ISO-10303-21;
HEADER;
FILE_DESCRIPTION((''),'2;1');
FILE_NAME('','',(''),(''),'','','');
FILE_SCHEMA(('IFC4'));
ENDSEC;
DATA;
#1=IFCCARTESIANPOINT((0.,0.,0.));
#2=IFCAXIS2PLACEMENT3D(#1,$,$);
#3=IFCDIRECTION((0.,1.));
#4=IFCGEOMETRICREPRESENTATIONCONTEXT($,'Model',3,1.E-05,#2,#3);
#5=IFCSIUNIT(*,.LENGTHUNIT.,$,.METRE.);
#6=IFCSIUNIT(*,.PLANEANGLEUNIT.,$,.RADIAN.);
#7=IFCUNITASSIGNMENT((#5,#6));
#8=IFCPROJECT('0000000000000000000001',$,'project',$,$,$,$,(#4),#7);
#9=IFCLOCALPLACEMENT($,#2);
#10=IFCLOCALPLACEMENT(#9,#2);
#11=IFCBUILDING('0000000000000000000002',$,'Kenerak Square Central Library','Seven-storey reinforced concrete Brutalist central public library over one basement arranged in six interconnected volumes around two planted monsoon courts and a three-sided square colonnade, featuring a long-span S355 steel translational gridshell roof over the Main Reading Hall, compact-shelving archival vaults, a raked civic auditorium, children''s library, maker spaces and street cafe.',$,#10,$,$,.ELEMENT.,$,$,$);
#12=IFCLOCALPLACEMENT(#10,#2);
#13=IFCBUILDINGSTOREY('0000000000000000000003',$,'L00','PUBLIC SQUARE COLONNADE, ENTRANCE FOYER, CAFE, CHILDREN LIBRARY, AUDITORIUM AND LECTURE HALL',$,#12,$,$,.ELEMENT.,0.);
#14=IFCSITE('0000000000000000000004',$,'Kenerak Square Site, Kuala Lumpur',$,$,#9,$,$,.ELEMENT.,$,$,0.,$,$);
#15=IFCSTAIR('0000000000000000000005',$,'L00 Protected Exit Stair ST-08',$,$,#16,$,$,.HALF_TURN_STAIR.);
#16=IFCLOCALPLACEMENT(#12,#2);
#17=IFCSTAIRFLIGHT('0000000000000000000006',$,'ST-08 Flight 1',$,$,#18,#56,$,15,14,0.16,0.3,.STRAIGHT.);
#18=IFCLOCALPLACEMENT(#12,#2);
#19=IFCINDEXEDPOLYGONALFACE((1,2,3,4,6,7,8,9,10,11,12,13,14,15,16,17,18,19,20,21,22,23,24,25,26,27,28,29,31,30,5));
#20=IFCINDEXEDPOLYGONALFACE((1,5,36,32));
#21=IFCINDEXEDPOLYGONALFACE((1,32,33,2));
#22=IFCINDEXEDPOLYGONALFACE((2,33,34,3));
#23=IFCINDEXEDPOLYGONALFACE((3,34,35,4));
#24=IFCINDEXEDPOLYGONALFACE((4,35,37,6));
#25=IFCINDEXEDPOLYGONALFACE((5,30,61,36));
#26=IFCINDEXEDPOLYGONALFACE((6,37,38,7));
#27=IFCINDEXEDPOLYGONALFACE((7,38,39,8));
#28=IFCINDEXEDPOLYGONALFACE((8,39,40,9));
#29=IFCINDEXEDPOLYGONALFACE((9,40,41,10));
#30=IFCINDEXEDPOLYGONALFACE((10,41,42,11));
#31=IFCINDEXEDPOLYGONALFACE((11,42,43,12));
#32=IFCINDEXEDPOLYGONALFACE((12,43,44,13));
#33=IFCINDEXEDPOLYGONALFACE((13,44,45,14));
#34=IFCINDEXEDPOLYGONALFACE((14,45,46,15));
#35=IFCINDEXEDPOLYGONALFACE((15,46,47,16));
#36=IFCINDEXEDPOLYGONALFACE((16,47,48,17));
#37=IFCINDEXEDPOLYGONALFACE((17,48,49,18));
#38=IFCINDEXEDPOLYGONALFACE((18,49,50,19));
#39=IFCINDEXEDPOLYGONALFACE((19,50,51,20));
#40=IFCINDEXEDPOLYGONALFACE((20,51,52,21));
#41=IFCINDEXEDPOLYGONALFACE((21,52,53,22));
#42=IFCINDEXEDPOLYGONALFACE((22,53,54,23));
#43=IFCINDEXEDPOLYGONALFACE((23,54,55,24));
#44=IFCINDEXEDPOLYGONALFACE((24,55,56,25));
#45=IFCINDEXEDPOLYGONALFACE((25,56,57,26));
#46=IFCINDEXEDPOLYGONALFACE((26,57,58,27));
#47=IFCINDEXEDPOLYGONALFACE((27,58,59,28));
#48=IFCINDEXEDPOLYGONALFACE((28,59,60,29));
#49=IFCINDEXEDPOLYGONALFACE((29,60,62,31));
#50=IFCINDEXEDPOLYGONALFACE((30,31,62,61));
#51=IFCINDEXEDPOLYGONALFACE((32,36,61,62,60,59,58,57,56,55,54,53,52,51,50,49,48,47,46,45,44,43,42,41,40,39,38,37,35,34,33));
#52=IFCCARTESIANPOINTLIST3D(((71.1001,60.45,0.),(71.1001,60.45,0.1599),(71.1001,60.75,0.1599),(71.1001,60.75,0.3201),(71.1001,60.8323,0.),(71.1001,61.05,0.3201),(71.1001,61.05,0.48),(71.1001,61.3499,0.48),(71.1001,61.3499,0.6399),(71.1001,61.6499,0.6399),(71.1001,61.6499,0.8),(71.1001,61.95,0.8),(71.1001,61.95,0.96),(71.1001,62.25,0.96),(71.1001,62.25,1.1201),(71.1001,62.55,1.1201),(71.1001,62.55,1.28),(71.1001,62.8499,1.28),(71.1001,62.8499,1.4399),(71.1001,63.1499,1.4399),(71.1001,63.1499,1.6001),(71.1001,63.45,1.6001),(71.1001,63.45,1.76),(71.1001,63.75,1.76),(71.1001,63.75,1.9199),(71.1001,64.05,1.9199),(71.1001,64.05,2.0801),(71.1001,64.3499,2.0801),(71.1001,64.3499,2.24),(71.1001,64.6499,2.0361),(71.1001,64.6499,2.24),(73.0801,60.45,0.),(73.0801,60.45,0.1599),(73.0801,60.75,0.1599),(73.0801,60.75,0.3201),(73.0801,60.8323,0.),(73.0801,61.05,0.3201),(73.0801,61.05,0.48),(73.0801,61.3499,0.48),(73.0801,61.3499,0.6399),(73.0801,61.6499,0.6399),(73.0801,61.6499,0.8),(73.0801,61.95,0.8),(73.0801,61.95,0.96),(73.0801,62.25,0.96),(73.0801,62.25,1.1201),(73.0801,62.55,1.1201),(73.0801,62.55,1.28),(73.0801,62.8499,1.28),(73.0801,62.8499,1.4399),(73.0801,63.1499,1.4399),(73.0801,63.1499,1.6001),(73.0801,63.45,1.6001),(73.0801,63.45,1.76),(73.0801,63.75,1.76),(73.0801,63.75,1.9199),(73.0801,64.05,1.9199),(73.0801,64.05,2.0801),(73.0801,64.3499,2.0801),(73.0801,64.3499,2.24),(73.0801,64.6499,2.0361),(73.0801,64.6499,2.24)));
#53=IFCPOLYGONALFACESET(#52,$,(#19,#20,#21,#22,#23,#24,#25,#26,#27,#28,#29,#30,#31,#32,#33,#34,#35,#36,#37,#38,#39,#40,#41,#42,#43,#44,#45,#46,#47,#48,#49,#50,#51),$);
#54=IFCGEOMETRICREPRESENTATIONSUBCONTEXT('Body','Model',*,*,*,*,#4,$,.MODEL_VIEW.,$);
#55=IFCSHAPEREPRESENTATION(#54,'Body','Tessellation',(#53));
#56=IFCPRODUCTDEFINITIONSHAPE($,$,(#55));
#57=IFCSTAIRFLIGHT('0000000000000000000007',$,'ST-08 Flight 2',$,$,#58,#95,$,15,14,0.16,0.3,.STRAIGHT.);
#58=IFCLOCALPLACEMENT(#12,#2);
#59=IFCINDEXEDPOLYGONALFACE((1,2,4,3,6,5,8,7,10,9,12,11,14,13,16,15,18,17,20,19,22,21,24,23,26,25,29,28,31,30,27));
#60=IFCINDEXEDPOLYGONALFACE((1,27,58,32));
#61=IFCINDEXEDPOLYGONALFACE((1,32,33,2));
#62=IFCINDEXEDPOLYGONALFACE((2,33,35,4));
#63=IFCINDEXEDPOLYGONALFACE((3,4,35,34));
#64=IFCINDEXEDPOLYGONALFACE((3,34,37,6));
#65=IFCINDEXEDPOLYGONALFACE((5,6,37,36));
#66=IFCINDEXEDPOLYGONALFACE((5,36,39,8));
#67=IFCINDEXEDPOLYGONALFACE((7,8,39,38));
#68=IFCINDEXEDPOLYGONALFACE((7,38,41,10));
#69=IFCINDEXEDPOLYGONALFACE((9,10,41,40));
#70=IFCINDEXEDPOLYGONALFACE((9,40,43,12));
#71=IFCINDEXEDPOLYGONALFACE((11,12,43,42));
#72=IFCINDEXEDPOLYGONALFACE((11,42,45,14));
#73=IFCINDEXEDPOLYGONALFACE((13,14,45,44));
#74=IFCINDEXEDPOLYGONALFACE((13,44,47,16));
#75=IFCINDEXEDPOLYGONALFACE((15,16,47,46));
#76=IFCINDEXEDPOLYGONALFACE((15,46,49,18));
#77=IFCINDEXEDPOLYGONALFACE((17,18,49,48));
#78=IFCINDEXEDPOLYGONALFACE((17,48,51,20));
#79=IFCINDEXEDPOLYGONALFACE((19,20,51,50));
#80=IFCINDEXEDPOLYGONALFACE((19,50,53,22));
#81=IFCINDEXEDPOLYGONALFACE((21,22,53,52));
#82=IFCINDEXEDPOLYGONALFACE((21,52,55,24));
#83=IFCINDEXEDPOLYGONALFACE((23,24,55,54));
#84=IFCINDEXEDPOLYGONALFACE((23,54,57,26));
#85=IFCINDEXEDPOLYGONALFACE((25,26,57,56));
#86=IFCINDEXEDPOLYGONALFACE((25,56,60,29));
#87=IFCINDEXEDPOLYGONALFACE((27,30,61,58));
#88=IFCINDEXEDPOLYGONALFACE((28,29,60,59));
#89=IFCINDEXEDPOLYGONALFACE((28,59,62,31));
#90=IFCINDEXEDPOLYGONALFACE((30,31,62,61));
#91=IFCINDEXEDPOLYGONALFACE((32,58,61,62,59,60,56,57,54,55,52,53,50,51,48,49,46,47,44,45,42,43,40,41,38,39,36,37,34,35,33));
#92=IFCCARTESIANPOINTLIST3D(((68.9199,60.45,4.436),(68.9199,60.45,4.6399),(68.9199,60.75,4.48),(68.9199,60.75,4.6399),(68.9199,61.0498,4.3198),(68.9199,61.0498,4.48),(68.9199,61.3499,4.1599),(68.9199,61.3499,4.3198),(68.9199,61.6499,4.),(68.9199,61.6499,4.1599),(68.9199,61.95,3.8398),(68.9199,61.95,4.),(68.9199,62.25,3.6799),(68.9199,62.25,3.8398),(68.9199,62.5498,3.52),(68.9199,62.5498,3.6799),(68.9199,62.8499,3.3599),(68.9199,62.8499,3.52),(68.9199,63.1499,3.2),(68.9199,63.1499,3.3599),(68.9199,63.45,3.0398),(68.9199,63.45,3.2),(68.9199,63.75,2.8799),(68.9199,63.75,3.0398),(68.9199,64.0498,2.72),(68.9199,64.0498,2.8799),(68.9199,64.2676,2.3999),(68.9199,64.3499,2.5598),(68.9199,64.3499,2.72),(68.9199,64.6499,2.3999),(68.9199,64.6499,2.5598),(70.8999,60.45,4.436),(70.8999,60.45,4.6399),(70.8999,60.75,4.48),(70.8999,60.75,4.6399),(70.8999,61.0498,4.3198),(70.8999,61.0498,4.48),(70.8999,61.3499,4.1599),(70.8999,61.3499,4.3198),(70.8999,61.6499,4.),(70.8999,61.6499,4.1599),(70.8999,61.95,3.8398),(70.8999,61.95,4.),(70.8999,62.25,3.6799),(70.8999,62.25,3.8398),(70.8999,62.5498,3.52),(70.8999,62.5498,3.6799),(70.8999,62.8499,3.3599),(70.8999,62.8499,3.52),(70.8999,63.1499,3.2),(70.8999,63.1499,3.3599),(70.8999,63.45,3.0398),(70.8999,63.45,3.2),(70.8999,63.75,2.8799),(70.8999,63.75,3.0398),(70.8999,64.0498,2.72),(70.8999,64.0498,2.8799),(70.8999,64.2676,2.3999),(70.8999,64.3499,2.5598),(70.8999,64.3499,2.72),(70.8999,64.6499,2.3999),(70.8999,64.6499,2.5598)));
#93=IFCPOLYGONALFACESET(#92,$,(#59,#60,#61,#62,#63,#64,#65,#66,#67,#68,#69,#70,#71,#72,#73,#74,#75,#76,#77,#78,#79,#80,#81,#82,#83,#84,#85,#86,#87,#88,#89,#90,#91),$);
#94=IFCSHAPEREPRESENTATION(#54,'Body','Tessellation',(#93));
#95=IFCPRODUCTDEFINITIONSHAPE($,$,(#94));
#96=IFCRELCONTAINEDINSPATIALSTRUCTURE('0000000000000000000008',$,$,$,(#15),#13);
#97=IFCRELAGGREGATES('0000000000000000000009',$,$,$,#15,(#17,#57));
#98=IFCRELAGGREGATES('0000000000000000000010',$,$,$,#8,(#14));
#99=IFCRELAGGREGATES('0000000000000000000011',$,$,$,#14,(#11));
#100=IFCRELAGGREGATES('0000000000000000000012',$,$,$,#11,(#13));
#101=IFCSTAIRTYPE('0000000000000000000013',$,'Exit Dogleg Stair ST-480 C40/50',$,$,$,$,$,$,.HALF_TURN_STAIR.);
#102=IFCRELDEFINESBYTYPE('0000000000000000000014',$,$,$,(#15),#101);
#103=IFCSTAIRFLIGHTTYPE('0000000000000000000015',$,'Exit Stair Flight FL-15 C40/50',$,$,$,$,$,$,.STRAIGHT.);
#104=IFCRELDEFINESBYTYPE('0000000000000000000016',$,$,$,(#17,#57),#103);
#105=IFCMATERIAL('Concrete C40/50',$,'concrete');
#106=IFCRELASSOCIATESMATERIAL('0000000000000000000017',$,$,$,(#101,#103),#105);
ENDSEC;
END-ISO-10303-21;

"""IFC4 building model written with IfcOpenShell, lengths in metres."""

from ifc_helpers import new_model, si_unit, direction, frame, origin, place, context, subcontext, project, spatial, polyline, outline, extrude, material, type_object, element, aggregate, save


model = new_model("IFC4")

# Units and contexts
model_context = context("Model", 3, precision=1e-05, world=origin(), true_north=direction((0.0, 1.0)))
body_context = subcontext(model_context, "Body", "Model", "MODEL_VIEW")
ifc_project = project(units=[si_unit("LENGTHUNIT", "METRE"), si_unit("PLANEANGLEUNIT", "RADIAN")], contexts=[model_context])

# Site, building, storey
site_placement = place(None, origin())
site = spatial("IfcSite", under=ifc_project, at=site_placement, Name="Kenerak Square Site, Kuala Lumpur", CompositionType="ELEMENT", RefElevation=0.0)
building_placement = place(site_placement, origin())
building = spatial("IfcBuilding", under=site, at=building_placement, Name="Kenerak Square Central Library", Description="Seven-storey reinforced concrete Brutalist central public library over one basement arranged in six interconnected volumes around two planted monsoon courts and a three-sided square colonnade, featuring a long-span S355 steel translational gridshell roof over the Main Reading Hall, compact-shelving archival vaults, a raked civic auditorium, children's library, maker spaces and street cafe.", CompositionType="ELEMENT")
storey_placement = place(building_placement, origin())
storey = spatial("IfcBuildingStorey", under=building, at=storey_placement, Name="L00", Description="PUBLIC SQUARE COLONNADE, ENTRANCE FOYER, CAFE, CHILDREN LIBRARY, AUDITORIUM AND LECTURE HALL", CompositionType="ELEMENT", Elevation=0.0)

# Shared definitions
ifc_material_1 = material(Name="Concrete C40/50", Category="concrete")

# Stair, stair flights
stair_type = type_object("IfcStairType", Name="Exit Dogleg Stair ST-480 C40/50", PredefinedType="HALF_TURN_STAIR", material=ifc_material_1)
stair_placement = place(storey_placement, origin())
stair = element("IfcStair", 1, at=stair_placement, inside=storey, type_object=stair_type, Name="L00 Protected Exit Stair ST-08", PredefinedType="HALF_TURN_STAIR")
stair_flight_type = type_object("IfcStairFlightType", Name="Exit Stair Flight FL-15 C40/50", PredefinedType="STRAIGHT", material=ifc_material_1)
stair_flight_1_placement = place(storey_placement, frame((72.0901, 60.45, 0.0), z_axis=(0.0, 0.0, 1.0), x_axis=(0.0, 1.0, 0.0)))
stair_flight_1 = element("IfcStairFlight", 2, at=stair_flight_1_placement, type_object=stair_flight_type, Name="ST-08 Flight 1", NumberOfRisers=15, NumberOfTreads=14, PredefinedType="STRAIGHT", RiserHeight=0.16, TreadLength=0.3, context=body_context, shape_type="SweptSolid", body=[
    extrude(outline(polyline([(0.0, 0.0), (0.0, 0.1599), (0.3, 0.1599), (0.3, 0.3201), (0.6001, 0.3201), (0.6001, 0.48), (0.8999, 0.48), (0.8999, 0.6399), (1.2, 0.6399), (1.2, 0.8), (1.5, 0.8), (1.5, 0.96), (1.8, 0.96), (1.8, 1.1201), (2.1001, 1.1201), (2.1001, 1.28), (2.3999, 1.28), (2.3999, 1.4399), (2.7, 1.4399), (2.7, 1.6001), (3.0, 1.6001), (3.0, 1.76), (3.3, 1.76), (3.3, 1.9199), (3.6001, 1.9199), (3.6001, 2.0801), (3.8999, 2.0801), (3.8999, 2.24), (4.2, 2.24), (4.2, 2.3999), (4.2, 2.0361), (0.3823, 0.0), (0.0, 0.0)])), frame((0.0, 0.99, 0.0), z_axis=(0.0, -1.0, 0.0), x_axis=(1.0, 0.0, 0.0)), (0.0, 0.0, 1.0), 1.98),
])
stair_flight_2_placement = place(storey_placement, frame((69.9099, 64.6499, 2.3999), z_axis=(0.0, 0.0, 1.0), x_axis=(0.0, -1.0, 0.0)))
stair_flight_2 = element("IfcStairFlight", 3, at=stair_flight_2_placement, type_object=stair_flight_type, Name="ST-08 Flight 2", NumberOfRisers=15, NumberOfTreads=14, PredefinedType="STRAIGHT", RiserHeight=0.16, TreadLength=0.3, context=body_context, shape_type="SweptSolid", body=[
    extrude(outline(polyline([(0.0, 0.0), (0.0, 0.1599), (0.3, 0.1599), (0.3, 0.3201), (0.6001, 0.3201), (0.6001, 0.48), (0.8999, 0.48), (0.8999, 0.6399), (1.2, 0.6399), (1.2, 0.8), (1.5, 0.8), (1.5, 0.96), (1.8, 0.96), (1.8, 1.1201), (2.1001, 1.1201), (2.1001, 1.28), (2.3999, 1.28), (2.3999, 1.4399), (2.7, 1.4399), (2.7, 1.6001), (3.0, 1.6001), (3.0, 1.76), (3.3, 1.76), (3.3, 1.9199), (3.6001, 1.9199), (3.6001, 2.0801), (3.8999, 2.0801), (3.8999, 2.24), (4.2, 2.24), (4.2, 2.3999), (4.2, 2.0361), (0.3823, 0.0), (0.0, 0.0)])), frame((0.0, 0.99, 0.0), z_axis=(0.0, -1.0, 0.0), x_axis=(1.0, 0.0, 0.0)), (0.0, 0.0, 1.0), 1.98),
])
aggregate(stair, [stair_flight_1, stair_flight_2])

save(model, "model.ifc")
